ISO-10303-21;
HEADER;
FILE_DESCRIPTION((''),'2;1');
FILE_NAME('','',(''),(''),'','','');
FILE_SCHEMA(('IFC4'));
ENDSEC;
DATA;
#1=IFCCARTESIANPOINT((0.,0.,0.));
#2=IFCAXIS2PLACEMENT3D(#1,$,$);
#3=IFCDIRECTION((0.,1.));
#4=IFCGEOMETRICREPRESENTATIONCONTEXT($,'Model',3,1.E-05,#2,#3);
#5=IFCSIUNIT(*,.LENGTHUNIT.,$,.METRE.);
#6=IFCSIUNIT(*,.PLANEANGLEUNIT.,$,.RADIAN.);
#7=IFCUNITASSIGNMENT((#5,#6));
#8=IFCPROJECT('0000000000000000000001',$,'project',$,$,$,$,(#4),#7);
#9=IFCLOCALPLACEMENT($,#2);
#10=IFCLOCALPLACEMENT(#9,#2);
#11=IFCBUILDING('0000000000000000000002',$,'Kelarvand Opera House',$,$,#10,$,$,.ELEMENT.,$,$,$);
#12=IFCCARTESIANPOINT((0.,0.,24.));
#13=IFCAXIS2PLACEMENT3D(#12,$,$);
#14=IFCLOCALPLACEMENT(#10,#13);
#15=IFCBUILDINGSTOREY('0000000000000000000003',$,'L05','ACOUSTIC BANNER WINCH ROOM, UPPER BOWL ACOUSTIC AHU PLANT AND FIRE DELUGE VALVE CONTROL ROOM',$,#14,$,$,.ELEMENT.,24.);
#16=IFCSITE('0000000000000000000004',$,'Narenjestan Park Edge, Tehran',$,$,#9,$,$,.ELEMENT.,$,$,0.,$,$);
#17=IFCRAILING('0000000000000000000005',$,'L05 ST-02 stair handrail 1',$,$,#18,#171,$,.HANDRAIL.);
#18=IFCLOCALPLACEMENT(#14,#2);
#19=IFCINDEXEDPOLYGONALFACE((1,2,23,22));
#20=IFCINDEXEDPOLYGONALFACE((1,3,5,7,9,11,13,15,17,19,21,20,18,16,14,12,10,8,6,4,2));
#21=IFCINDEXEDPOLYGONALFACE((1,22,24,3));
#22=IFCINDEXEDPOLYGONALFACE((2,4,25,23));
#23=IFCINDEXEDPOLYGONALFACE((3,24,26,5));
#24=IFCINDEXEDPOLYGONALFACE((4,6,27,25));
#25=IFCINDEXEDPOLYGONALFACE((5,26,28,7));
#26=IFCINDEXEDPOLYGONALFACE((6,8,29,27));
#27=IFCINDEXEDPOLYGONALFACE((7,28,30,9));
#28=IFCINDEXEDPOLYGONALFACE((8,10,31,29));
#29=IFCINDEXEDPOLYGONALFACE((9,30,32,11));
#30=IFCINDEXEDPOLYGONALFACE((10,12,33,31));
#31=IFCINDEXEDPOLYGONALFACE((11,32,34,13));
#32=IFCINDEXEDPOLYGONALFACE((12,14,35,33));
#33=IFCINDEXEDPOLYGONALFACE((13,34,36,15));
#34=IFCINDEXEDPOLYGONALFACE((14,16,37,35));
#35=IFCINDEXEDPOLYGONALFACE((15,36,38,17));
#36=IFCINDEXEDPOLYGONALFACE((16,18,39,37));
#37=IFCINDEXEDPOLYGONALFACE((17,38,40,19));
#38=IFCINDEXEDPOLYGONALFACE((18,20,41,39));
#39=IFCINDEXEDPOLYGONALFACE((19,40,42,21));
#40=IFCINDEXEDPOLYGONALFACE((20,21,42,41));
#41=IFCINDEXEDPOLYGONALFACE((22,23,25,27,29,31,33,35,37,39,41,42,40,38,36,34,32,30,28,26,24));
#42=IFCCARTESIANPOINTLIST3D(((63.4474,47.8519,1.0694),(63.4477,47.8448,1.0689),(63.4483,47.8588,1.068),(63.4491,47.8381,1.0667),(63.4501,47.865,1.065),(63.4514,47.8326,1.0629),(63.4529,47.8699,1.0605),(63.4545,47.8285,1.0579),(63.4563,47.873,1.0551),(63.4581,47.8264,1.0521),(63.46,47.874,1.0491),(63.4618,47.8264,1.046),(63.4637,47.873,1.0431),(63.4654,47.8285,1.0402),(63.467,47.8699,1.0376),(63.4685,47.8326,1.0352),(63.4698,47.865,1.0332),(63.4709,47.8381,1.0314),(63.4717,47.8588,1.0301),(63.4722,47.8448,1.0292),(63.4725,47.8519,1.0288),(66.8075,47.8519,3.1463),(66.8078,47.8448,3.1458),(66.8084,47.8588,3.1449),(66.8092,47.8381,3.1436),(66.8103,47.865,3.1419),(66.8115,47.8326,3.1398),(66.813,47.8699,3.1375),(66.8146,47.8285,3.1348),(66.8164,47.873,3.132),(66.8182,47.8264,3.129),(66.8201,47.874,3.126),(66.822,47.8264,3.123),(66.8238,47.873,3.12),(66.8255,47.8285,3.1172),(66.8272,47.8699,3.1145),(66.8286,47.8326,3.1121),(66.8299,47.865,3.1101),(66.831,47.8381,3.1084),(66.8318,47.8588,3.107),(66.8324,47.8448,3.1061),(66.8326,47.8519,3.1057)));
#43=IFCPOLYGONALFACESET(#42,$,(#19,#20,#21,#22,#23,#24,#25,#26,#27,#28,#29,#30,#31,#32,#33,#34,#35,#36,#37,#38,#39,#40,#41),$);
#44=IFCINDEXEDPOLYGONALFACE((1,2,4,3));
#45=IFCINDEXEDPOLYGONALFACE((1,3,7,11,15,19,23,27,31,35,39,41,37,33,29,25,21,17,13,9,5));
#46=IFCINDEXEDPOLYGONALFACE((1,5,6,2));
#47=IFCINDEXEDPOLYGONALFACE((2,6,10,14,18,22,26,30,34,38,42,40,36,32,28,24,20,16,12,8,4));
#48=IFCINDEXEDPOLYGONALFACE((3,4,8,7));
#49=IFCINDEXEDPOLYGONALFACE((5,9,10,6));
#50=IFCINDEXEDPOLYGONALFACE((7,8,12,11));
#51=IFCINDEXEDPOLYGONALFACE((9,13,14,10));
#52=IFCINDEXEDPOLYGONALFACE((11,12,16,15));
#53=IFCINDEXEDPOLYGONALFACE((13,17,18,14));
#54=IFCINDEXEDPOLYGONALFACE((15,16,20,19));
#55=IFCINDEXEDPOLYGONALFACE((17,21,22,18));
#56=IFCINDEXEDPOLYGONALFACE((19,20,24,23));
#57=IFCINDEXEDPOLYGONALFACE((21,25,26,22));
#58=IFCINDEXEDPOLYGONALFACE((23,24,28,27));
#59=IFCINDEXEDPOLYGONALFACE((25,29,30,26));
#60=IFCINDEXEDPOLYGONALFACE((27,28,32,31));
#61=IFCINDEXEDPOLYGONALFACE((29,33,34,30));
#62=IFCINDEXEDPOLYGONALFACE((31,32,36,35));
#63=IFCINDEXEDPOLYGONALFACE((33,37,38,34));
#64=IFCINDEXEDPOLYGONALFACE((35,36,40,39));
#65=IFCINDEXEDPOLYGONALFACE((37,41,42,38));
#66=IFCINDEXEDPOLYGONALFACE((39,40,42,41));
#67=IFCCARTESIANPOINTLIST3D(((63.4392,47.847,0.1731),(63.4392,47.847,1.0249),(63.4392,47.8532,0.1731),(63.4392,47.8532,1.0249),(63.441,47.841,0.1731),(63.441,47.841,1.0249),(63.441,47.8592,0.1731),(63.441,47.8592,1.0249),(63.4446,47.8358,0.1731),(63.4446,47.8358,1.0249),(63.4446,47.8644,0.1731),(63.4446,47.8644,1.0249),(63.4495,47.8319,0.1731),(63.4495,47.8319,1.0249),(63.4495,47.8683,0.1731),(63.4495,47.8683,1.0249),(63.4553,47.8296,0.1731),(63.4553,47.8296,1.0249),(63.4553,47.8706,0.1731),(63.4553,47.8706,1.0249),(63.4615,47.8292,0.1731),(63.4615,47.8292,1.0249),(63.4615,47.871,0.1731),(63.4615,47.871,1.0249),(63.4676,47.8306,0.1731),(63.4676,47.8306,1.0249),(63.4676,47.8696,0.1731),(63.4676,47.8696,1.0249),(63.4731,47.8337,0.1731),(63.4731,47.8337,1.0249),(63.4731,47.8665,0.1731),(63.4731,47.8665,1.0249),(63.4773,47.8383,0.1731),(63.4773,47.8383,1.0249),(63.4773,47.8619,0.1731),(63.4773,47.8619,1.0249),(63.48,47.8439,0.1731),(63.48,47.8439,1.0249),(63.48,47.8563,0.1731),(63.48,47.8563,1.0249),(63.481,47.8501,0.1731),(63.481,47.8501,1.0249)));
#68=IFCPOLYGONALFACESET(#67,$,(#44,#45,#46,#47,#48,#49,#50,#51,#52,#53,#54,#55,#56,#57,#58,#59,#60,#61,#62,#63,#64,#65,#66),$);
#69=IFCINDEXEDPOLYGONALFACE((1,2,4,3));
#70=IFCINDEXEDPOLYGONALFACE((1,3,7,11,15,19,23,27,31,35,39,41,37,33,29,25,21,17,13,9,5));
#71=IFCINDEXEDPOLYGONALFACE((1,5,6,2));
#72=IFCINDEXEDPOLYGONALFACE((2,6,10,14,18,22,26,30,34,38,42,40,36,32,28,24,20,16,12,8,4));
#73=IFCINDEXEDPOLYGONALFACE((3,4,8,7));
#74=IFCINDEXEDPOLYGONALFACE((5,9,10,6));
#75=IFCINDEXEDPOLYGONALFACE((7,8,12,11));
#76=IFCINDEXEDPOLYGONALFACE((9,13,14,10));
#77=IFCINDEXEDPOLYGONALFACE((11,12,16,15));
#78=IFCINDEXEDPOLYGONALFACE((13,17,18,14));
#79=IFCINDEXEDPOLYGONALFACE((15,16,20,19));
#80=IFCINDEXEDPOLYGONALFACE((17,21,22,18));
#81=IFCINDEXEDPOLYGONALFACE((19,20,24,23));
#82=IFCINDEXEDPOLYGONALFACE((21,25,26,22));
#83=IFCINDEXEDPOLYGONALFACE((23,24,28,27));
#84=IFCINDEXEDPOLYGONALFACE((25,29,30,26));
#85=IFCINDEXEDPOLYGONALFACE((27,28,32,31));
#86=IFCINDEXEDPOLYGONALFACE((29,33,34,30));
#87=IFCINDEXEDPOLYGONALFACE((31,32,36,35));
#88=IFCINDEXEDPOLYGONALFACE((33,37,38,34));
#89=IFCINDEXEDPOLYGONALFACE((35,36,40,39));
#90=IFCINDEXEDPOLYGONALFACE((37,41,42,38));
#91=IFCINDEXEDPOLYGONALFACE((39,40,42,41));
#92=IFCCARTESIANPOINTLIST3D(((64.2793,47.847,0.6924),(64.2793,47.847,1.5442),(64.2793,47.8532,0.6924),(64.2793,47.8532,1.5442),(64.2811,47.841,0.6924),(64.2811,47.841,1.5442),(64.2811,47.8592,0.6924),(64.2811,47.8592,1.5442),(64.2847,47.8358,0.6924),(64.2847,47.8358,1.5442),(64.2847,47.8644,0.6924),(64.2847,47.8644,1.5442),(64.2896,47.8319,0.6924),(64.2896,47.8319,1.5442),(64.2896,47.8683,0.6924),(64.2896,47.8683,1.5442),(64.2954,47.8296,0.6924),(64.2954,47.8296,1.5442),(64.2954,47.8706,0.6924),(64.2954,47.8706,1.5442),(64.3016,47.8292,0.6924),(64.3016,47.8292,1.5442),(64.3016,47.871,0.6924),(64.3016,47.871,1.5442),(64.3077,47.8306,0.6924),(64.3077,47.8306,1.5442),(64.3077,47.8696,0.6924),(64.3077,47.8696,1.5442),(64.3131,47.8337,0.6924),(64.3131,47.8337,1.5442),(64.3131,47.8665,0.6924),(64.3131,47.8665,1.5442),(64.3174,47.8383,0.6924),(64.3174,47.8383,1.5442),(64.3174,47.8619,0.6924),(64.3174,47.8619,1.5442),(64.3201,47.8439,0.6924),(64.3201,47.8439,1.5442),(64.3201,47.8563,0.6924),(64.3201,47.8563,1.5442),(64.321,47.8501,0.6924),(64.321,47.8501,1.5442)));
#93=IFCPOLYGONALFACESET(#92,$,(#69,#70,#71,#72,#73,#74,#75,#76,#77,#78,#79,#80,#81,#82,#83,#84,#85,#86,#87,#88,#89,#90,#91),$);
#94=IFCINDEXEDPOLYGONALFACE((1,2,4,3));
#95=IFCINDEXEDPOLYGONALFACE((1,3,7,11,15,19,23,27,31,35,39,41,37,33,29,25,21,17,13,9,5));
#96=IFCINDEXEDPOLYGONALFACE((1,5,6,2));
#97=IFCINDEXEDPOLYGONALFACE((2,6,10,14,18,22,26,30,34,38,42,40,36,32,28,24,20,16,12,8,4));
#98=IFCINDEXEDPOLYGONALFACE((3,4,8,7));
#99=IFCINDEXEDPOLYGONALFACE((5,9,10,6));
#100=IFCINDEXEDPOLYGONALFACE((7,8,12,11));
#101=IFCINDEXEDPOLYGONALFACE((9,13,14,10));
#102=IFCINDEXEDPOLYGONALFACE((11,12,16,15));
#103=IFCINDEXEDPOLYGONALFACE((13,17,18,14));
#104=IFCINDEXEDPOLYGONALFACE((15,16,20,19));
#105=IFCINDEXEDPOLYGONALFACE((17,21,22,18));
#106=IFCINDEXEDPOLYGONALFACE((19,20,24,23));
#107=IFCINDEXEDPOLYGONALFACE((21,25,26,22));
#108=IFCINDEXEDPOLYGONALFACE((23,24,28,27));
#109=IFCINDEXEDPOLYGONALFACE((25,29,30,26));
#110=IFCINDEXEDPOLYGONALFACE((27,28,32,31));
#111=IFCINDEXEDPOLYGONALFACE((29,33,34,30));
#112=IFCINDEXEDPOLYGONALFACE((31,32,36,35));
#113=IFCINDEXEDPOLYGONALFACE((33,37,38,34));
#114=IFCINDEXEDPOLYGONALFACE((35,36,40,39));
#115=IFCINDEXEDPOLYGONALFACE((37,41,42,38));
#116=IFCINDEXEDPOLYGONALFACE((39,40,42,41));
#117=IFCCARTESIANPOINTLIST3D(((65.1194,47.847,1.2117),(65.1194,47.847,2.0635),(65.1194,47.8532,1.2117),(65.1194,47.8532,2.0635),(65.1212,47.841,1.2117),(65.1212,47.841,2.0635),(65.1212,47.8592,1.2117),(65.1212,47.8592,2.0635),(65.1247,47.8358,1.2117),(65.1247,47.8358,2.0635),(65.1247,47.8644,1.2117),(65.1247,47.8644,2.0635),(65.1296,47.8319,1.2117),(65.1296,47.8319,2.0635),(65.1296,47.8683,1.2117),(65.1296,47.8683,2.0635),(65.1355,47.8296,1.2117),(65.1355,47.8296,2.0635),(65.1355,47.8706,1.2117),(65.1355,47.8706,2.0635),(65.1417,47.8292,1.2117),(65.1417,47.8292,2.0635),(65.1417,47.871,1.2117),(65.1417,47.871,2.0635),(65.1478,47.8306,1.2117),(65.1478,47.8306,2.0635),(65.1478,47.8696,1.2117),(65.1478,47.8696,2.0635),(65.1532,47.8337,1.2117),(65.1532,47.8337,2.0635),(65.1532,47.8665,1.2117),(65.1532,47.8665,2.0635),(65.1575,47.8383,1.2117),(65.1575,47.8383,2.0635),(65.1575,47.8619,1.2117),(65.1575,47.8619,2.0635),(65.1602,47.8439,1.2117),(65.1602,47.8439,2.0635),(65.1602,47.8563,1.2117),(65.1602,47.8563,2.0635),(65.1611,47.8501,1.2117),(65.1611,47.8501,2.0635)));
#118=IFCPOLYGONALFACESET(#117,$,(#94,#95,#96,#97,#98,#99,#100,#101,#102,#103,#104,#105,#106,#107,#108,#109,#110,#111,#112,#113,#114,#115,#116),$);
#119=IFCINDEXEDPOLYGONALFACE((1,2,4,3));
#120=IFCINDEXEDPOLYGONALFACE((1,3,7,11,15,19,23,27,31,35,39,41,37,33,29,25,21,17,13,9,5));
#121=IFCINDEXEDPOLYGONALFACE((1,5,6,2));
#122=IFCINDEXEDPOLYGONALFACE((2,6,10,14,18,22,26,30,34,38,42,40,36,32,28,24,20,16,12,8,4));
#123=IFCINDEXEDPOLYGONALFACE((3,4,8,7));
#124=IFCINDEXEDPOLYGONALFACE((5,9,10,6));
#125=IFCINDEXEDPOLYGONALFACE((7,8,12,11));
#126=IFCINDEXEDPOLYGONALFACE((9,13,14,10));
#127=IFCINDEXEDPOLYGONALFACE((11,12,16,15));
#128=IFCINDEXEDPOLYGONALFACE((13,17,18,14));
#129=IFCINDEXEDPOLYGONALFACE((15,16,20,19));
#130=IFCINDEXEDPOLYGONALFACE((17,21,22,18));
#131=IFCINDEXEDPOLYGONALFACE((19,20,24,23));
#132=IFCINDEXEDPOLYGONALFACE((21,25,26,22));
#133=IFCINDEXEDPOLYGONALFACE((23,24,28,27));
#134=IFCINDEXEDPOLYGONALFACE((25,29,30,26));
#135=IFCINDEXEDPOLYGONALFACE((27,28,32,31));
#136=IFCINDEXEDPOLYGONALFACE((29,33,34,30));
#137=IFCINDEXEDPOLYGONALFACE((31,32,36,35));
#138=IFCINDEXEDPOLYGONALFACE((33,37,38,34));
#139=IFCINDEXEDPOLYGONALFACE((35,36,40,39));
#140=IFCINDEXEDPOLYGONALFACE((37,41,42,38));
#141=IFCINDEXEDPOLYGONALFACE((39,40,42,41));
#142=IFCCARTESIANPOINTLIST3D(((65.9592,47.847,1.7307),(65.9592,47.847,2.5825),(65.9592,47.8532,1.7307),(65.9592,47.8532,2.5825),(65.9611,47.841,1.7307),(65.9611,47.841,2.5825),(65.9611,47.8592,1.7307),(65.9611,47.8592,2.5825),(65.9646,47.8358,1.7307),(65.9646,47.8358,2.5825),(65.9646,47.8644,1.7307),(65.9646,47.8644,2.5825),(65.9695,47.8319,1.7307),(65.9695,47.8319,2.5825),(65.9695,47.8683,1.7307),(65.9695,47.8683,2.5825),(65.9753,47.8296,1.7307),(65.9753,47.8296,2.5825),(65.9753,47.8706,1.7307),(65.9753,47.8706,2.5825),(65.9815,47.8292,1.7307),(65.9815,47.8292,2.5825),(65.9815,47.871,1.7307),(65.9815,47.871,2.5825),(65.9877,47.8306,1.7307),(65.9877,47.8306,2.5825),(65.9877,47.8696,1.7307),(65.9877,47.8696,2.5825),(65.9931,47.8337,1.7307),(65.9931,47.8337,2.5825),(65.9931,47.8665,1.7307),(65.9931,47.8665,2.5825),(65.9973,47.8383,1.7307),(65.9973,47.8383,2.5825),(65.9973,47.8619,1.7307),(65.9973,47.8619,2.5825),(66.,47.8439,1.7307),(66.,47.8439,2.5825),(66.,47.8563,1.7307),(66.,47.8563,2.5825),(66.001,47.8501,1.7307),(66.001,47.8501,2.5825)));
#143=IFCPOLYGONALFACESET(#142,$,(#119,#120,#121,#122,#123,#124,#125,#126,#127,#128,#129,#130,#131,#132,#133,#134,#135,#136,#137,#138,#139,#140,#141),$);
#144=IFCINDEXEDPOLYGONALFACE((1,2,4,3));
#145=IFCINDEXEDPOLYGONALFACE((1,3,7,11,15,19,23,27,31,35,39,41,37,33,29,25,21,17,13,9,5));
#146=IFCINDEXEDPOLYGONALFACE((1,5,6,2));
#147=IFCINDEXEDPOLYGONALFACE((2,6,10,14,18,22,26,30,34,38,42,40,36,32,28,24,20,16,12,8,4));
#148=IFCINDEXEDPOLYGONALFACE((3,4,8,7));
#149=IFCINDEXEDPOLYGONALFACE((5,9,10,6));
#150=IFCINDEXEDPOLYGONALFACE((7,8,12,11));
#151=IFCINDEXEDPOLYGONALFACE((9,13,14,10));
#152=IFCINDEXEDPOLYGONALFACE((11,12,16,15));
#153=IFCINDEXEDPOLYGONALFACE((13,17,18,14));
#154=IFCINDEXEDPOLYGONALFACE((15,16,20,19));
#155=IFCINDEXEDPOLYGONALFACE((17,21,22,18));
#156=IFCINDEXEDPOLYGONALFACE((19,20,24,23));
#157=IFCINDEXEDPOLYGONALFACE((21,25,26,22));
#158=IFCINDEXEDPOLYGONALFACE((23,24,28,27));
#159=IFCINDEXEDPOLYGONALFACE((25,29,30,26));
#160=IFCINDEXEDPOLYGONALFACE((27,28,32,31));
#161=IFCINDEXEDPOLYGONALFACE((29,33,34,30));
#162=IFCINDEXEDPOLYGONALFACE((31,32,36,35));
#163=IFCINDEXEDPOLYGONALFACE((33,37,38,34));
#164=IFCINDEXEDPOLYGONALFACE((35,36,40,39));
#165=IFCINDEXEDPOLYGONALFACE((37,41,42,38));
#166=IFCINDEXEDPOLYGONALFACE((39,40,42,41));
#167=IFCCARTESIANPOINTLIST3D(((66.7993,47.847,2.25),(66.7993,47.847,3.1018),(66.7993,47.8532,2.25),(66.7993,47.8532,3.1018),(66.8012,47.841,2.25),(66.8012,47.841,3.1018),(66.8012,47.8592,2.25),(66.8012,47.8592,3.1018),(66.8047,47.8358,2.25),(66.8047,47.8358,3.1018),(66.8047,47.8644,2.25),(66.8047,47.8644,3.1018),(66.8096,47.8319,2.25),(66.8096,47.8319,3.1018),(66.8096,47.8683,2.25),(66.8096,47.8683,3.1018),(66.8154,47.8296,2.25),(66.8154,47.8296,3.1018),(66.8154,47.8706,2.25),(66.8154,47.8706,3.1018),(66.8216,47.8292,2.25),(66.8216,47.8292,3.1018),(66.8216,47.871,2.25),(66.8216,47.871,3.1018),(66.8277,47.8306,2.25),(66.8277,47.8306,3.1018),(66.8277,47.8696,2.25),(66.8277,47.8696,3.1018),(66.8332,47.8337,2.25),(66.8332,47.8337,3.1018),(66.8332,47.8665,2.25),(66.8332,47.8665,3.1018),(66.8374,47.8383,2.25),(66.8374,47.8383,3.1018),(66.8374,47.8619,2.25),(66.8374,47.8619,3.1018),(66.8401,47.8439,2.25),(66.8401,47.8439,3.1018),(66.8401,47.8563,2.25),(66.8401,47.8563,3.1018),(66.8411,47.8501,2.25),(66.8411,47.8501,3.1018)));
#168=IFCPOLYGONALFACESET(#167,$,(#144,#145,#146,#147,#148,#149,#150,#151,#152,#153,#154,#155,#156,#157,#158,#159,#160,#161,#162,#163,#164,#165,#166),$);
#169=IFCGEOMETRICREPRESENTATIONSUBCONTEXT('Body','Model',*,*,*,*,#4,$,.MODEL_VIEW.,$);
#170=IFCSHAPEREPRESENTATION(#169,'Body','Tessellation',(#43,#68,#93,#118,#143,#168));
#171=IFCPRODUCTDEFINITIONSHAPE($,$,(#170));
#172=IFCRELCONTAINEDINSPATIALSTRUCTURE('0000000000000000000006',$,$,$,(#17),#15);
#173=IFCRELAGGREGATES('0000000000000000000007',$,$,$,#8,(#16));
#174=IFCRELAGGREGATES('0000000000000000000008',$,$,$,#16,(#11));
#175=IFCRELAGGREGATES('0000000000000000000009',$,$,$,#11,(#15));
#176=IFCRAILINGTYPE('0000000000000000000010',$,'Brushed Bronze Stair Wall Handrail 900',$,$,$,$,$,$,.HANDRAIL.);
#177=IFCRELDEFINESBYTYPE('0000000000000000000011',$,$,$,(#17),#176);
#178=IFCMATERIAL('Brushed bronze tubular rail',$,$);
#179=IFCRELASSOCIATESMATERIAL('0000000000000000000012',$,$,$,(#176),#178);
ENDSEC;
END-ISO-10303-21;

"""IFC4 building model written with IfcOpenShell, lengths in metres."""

from ifc_helpers import new_model, si_unit, direction, frame, origin, origin_2d, place, context, subcontext, project, spatial, circle, extrude, material, type_object, element, save


model = new_model("IFC4")

# Units and contexts
model_context = context("Model", 3, precision=1e-05, world=origin(), true_north=direction((0.0, 1.0)))
body_context = subcontext(model_context, "Body", "Model", "MODEL_VIEW")
ifc_project = project(units=[si_unit("LENGTHUNIT", "METRE"), si_unit("PLANEANGLEUNIT", "RADIAN")], contexts=[model_context])

# Site, building, storey
site_placement = place(None, origin())
site = spatial("IfcSite", under=ifc_project, at=site_placement, Name="Narenjestan Park Edge, Tehran", CompositionType="ELEMENT", RefElevation=0.0)
building_placement = place(site_placement, origin())
building = spatial("IfcBuilding", under=site, at=building_placement, Name="Kelarvand Opera House", CompositionType="ELEMENT")
storey_placement = place(building_placement, frame((0.0, 0.0, 24.0)))
storey = spatial("IfcBuildingStorey", under=building, at=storey_placement, Name="L05", Description="ACOUSTIC BANNER WINCH ROOM, UPPER BOWL ACOUSTIC AHU PLANT AND FIRE DELUGE VALVE CONTROL ROOM", CompositionType="ELEMENT", Elevation=24.0)

# Railing
ifc_material_1 = material(Name="Brushed bronze tubular rail")
railing_type_1 = type_object("IfcRailingType", Name="Brushed Bronze Stair Wall Handrail 900", PredefinedType="HANDRAIL", material=ifc_material_1)
railing_1_placement = place(storey_placement, frame((63.46, 47.8501, 0.1731)))
element("IfcRailing", 1, at=railing_1_placement, inside=storey, type_object=railing_type_1, Name="L05 ST-02 stair handrail 1", PredefinedType="HANDRAIL", context=body_context, shape_type="SweptSolid", body=[
    extrude(circle(Radius=0.0239, at=origin_2d()), frame((0.0, 0.0, 0.876), z_axis=(0.850623, 0.0, 0.525776), x_axis=(0.0, 1.0, 0.0)), (0.0, 0.0, 1.0), 3.9502),
    extrude(circle(Radius=0.021, at=origin_2d()), origin(), (0.0, 0.0, 1.0), 0.8518),
    extrude(circle(Radius=0.021, at=origin_2d()), frame((0.8401, 0.0, 0.5193)), (0.0, 0.0, 1.0), 0.8518),
    extrude(circle(Radius=0.021, at=origin_2d()), frame((1.6802, 0.0, 1.0386)), (0.0, 0.0, 1.0), 0.8518),
    extrude(circle(Radius=0.021, at=origin_2d()), frame((2.52, 0.0, 1.5576)), (0.0, 0.0, 1.0), 0.8518),
    extrude(circle(Radius=0.021, at=origin_2d()), frame((3.3601, 0.0, 2.0769)), (0.0, 0.0, 1.0), 0.8518),
])

save(model, "model.ifc")
